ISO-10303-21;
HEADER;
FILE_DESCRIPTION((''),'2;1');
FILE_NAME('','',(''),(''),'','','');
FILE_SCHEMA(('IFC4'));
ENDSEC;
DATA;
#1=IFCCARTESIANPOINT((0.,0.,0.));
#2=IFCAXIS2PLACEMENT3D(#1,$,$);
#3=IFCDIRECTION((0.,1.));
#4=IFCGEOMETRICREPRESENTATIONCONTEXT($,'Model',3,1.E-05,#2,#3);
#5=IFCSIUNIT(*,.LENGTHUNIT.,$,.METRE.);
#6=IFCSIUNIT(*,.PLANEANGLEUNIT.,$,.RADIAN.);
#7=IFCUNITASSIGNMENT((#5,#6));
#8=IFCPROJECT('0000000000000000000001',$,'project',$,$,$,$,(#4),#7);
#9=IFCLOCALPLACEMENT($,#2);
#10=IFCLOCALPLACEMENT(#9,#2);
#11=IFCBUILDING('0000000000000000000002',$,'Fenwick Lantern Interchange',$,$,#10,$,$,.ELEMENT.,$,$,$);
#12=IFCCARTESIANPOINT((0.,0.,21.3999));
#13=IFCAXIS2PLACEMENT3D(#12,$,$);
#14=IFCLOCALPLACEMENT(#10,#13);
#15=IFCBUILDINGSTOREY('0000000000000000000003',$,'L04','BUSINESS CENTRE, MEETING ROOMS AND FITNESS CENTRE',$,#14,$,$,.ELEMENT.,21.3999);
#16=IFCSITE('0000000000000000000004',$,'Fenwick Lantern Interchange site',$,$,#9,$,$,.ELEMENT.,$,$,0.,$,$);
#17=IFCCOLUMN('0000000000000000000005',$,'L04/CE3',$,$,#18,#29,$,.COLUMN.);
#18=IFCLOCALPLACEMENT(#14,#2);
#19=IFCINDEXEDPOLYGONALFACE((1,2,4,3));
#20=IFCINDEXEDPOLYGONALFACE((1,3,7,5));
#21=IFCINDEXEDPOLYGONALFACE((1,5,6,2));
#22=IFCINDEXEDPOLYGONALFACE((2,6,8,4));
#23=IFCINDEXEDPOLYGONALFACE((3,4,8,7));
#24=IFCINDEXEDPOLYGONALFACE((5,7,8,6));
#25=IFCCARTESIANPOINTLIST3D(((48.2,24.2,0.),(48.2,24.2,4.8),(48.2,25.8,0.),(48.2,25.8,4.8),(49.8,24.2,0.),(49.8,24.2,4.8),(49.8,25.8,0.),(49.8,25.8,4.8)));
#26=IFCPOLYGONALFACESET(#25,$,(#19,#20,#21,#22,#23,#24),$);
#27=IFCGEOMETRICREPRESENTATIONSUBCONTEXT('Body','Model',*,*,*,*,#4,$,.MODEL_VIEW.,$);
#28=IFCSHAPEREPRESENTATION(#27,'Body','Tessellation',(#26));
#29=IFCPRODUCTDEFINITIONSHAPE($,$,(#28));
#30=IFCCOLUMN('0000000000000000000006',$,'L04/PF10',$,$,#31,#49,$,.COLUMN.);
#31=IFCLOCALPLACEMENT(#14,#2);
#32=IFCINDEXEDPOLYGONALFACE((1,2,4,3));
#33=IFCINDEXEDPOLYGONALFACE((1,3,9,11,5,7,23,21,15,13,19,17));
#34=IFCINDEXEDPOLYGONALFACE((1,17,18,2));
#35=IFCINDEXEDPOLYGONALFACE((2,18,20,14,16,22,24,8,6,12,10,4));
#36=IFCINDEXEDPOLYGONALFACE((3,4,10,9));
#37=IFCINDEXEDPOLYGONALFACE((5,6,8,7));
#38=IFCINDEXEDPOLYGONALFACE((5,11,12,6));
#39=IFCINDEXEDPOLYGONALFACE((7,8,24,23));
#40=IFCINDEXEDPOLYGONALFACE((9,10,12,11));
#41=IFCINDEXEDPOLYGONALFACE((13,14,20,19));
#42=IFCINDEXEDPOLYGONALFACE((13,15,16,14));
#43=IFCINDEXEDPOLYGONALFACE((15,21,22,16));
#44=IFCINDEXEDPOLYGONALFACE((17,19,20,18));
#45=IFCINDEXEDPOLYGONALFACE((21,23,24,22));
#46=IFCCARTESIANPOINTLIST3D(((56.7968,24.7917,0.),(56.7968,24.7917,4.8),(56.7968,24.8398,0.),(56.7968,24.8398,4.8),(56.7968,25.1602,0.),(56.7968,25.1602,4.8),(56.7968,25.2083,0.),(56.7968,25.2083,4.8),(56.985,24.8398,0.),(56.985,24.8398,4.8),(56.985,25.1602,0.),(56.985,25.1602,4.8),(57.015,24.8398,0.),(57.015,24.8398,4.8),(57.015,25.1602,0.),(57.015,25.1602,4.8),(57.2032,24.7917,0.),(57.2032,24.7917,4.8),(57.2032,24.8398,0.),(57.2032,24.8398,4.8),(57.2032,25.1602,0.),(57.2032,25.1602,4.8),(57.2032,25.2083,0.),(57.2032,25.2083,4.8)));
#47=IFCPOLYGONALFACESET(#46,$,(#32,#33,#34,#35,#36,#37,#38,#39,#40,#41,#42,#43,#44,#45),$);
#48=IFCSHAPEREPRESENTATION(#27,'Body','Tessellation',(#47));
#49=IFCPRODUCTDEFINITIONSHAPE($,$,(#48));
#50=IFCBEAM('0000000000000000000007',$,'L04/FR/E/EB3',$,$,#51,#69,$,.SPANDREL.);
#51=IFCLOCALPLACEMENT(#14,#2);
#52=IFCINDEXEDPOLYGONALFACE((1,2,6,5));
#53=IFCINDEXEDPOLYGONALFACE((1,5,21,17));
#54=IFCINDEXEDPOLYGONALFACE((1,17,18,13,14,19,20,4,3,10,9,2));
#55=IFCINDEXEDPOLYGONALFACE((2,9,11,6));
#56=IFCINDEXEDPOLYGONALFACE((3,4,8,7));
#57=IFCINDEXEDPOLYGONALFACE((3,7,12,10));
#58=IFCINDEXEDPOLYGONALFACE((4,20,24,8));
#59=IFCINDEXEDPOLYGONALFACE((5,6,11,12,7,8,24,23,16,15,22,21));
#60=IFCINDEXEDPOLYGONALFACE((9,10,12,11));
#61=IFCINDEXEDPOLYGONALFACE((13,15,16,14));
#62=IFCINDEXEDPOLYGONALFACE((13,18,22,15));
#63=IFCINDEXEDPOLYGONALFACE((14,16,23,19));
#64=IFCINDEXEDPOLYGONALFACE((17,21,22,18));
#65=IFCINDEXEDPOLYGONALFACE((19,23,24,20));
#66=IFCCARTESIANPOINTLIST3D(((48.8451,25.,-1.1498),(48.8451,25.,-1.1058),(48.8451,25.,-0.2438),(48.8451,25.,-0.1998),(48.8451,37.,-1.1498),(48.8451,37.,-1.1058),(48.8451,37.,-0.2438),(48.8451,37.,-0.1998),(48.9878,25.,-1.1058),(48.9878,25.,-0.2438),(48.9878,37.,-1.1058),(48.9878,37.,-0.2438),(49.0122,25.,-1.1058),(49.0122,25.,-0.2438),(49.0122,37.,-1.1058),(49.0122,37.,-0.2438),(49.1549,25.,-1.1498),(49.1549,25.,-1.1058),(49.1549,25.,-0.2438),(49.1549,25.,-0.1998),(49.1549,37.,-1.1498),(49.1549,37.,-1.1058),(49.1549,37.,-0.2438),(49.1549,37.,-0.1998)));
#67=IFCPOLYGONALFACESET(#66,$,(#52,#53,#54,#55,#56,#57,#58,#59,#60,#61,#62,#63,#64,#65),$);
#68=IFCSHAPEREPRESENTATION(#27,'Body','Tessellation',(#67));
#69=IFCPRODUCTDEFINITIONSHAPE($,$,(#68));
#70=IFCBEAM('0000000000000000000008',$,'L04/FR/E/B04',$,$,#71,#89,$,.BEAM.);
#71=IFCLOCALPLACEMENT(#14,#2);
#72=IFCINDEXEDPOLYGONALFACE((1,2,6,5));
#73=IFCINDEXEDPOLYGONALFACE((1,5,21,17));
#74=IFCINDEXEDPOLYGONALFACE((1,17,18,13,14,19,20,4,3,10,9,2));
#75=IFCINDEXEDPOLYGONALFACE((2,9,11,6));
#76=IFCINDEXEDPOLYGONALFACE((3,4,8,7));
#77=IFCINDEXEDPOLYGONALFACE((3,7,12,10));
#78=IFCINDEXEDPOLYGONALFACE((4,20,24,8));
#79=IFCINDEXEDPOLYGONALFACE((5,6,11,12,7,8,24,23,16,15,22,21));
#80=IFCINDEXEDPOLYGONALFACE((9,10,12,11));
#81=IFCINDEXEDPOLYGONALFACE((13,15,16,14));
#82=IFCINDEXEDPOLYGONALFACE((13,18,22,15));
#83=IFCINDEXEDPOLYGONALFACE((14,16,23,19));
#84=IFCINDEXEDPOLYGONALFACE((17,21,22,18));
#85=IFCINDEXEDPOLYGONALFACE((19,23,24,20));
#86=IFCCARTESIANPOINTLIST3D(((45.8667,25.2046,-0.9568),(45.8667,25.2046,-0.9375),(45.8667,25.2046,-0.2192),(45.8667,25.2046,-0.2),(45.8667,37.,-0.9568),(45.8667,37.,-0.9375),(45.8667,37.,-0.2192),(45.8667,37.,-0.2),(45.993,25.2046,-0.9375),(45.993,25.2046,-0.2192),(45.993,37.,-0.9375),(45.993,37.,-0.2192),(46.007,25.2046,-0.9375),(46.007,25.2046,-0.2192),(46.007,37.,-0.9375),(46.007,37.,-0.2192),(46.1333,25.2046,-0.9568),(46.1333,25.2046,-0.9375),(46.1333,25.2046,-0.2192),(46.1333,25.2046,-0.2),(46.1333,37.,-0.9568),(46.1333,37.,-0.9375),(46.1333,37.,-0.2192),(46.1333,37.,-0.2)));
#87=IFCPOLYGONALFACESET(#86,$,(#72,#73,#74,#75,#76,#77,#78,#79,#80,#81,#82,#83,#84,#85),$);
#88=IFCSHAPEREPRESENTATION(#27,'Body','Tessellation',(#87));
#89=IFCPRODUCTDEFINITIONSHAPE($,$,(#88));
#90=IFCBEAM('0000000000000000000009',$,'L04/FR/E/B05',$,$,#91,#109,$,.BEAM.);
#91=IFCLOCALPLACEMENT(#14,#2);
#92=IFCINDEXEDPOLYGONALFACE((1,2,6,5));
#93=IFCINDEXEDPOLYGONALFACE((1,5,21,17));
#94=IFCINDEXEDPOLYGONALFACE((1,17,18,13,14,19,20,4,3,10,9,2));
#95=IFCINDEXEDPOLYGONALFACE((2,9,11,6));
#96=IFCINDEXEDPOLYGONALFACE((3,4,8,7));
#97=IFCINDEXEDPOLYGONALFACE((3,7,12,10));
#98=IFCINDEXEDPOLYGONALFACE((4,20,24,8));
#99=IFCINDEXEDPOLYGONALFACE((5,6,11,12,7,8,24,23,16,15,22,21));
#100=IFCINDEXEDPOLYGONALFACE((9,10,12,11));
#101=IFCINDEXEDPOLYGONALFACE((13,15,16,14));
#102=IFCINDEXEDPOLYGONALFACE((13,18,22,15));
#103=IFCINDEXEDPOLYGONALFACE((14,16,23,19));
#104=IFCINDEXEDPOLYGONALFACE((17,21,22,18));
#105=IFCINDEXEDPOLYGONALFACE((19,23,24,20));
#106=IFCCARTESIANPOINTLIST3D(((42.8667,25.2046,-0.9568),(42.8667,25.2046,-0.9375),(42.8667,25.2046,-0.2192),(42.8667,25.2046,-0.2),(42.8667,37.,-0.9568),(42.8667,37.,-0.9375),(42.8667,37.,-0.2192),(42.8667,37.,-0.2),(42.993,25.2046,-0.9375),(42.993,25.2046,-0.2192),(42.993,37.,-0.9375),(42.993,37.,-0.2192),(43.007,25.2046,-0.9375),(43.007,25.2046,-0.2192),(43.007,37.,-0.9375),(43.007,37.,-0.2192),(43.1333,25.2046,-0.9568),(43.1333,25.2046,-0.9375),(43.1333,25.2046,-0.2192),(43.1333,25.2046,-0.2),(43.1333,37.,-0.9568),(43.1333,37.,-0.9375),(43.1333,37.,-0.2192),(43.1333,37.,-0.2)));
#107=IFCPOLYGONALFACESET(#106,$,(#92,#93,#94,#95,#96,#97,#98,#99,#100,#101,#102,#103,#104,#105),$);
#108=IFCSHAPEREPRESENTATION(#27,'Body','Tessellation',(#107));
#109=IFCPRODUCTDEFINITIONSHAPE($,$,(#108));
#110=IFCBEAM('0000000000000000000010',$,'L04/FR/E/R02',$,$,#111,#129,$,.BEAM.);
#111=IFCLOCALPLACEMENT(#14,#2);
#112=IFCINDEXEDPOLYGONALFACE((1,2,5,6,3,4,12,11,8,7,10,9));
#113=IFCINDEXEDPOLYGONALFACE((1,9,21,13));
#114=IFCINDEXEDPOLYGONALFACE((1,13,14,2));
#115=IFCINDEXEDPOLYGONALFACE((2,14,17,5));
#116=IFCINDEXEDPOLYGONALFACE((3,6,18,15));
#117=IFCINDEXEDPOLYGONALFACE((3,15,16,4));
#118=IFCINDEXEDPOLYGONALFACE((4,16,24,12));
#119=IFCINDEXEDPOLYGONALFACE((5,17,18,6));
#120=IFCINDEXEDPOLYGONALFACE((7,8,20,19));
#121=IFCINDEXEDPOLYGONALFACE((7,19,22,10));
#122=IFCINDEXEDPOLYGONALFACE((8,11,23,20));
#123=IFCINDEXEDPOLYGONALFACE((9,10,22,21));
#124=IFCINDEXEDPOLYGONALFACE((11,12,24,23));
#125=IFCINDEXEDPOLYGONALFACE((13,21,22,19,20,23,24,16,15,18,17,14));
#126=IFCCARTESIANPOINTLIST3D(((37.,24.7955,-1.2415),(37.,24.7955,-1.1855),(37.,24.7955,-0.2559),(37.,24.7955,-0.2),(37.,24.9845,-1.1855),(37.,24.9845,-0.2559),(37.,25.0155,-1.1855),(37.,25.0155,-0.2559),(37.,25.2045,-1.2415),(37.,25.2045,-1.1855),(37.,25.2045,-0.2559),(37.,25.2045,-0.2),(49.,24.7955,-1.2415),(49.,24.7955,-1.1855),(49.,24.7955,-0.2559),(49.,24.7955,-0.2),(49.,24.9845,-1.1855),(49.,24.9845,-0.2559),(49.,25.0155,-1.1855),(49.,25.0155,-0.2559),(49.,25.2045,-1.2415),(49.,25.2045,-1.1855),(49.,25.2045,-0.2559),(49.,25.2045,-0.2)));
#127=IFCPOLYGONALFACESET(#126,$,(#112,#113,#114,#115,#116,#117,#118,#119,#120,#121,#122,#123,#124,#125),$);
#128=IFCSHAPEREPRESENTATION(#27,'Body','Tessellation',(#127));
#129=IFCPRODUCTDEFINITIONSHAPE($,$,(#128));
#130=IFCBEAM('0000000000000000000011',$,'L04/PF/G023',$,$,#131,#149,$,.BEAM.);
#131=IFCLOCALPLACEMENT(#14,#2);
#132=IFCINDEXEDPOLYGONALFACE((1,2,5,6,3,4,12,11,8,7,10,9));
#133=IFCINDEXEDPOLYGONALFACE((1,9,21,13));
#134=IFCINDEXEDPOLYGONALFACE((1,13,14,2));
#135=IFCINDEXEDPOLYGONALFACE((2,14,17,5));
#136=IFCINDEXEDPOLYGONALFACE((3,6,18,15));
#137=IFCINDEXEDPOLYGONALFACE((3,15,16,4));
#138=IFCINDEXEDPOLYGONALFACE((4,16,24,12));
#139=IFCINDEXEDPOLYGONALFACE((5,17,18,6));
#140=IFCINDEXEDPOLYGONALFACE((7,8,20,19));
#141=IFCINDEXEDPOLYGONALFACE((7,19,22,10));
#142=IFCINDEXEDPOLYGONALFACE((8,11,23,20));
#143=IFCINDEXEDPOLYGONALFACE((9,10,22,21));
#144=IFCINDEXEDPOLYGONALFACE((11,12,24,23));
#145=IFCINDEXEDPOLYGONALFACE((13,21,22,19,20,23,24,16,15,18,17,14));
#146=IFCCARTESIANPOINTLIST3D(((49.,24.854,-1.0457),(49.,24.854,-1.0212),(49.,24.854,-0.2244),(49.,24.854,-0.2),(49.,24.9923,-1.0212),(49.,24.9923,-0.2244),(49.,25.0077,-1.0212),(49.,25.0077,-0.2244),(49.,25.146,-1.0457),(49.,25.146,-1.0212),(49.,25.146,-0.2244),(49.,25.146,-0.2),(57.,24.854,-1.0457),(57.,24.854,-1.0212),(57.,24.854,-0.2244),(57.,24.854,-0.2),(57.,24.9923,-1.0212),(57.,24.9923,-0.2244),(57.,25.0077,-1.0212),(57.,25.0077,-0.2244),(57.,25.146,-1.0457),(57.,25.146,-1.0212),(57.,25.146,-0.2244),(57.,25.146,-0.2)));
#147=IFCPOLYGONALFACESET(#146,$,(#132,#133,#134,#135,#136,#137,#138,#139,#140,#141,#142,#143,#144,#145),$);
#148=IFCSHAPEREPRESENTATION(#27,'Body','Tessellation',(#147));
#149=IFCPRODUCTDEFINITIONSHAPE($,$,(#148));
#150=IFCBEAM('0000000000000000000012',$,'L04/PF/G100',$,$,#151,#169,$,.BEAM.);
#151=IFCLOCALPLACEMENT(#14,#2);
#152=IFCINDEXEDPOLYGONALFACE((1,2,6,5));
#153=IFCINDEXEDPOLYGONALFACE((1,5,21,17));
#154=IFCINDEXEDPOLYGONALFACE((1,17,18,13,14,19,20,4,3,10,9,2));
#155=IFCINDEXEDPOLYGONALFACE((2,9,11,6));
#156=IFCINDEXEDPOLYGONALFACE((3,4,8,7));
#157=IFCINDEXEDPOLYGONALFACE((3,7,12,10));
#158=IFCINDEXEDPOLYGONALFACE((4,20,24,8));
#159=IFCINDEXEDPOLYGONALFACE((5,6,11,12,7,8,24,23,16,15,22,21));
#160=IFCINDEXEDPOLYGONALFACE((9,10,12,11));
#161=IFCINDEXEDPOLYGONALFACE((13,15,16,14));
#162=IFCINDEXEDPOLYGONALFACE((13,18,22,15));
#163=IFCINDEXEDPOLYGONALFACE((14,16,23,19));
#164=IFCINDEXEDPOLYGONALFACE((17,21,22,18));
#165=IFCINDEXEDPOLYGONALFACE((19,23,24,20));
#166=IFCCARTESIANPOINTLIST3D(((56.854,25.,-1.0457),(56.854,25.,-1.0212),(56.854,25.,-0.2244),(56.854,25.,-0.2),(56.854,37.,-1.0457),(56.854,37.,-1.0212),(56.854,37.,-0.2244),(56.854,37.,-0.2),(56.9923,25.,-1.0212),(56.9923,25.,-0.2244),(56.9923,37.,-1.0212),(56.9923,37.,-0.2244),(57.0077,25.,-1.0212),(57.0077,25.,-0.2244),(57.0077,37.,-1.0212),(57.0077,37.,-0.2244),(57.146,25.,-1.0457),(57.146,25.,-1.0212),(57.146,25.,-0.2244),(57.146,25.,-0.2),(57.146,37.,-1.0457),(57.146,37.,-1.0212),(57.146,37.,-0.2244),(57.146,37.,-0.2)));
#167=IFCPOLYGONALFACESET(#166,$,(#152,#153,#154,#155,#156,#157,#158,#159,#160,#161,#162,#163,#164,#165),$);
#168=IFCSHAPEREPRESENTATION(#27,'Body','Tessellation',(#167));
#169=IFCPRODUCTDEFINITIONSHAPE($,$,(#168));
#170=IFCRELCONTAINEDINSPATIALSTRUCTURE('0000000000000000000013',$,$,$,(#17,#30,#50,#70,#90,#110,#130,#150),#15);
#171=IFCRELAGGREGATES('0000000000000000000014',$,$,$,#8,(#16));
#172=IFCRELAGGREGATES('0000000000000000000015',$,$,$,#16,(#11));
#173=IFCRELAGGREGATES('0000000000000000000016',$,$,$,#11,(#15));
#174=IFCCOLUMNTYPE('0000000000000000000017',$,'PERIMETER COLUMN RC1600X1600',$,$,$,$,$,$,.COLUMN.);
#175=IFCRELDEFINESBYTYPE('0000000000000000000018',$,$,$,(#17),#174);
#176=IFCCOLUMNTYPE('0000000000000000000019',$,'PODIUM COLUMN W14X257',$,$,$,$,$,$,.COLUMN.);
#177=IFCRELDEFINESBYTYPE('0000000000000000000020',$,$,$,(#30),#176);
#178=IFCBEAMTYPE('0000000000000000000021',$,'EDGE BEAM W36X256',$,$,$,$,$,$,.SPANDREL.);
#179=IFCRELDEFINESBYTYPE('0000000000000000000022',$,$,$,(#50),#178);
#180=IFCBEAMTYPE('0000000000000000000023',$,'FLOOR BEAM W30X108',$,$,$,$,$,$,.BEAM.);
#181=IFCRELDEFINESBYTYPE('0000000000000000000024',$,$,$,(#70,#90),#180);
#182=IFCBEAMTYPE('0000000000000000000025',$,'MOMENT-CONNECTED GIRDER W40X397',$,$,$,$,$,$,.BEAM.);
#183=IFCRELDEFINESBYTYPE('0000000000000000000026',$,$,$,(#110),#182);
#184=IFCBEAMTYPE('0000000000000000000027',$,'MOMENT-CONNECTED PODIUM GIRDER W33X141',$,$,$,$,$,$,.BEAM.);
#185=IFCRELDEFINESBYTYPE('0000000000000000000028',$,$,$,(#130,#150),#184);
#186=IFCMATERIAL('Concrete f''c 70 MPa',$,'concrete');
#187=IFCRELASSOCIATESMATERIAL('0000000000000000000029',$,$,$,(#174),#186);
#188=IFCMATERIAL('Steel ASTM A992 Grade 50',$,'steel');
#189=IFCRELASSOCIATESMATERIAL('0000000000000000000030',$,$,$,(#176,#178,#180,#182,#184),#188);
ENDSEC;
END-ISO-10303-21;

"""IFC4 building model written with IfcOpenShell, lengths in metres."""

from ifc_helpers import new_model, si_unit, direction, frame, origin, origin_2d, place, context, subcontext, project, spatial, rectangle, i_section, extrude, material, material_profile, profile_set, type_object, element, save


model = new_model("IFC4")

# Units and contexts
model_context = context("Model", 3, precision=1e-05, world=origin(), true_north=direction((0.0, 1.0)))
body_context = subcontext(model_context, "Body", "Model", "MODEL_VIEW")
ifc_project = project(units=[si_unit("LENGTHUNIT", "METRE"), si_unit("PLANEANGLEUNIT", "RADIAN")], contexts=[model_context])

# Site, building, storey
site_placement = place(None, origin())
site = spatial("IfcSite", under=ifc_project, at=site_placement, Name="Fenwick Lantern Interchange site", CompositionType="ELEMENT", RefElevation=0.0)
building_placement = place(site_placement, origin())
building = spatial("IfcBuilding", under=site, at=building_placement, Name="Fenwick Lantern Interchange", CompositionType="ELEMENT")
storey_placement = place(building_placement, frame((0.0, 0.0, 21.3999)))
storey = spatial("IfcBuildingStorey", under=building, at=storey_placement, Name="L04", Description="BUSINESS CENTRE, MEETING ROOMS AND FITNESS CENTRE", CompositionType="ELEMENT", Elevation=21.3999)

# Columns
ifc_material_1 = material(Name="Concrete f'c 70 MPa", Category="concrete")
ifc_material_profile_1 = material_profile(ifc_material_1, rectangle(XDim=1.6001, YDim=1.6001, at=origin_2d()), Name="RC1600X1600")
ifc_profile_set_1 = profile_set([ifc_material_profile_1], Name="Concrete f'c 70 MPa")
column_type_1 = type_object("IfcColumnType", Name="PERIMETER COLUMN RC1600X1600", PredefinedType="COLUMN", material=ifc_profile_set_1)
column_1_placement = place(storey_placement, frame((49.0, 25.0, 0.0), z_axis=(0.0, 0.0, 1.0), x_axis=(1.0, 0.0, 0.0)))
element("IfcColumn", 1, at=column_1_placement, inside=storey, type_object=column_type_1, Name="L04/CE3", PredefinedType="COLUMN", context=body_context, shape_type="SweptSolid", body=[
    extrude(rectangle(XDim=1.6001, YDim=1.6001, at=origin_2d()), origin(), (0.0, 0.0, 1.0), 4.8),
])
ifc_material_2 = material(Name="Steel ASTM A992 Grade 50", Category="steel")
ifc_material_profile_2 = material_profile(ifc_material_2, i_section(OverallWidth=0.4065, OverallDepth=0.4165, WebThickness=0.03, FlangeThickness=0.0481, at=origin_2d()), Name="W14X257")
ifc_profile_set_2 = profile_set([ifc_material_profile_2], Name="Steel ASTM A992 Grade 50")
column_type_2 = type_object("IfcColumnType", Name="PODIUM COLUMN W14X257", PredefinedType="COLUMN", material=ifc_profile_set_2)
column_2_placement = place(storey_placement, frame((57.0, 25.0, 0.0), z_axis=(0.0, 0.0, 1.0), x_axis=(1.0, 0.0, 0.0)))
element("IfcColumn", 2, at=column_2_placement, inside=storey, type_object=column_type_2, Name="L04/PF10", PredefinedType="COLUMN", context=body_context, shape_type="SweptSolid", body=[
    extrude(i_section(OverallWidth=0.4065, OverallDepth=0.4165, WebThickness=0.03, FlangeThickness=0.0481, at=origin_2d()), origin(), (0.0, 0.0, 1.0), 4.8),
])

# Beams
ifc_material_profile_3 = material_profile(ifc_material_2, i_section(OverallWidth=0.3098, OverallDepth=0.95, WebThickness=0.0244, FlangeThickness=0.0439, at=origin_2d()), Name="W36X256")
ifc_profile_set_3 = profile_set([ifc_material_profile_3], Name="Steel ASTM A992 Grade 50")
beam_type_1 = type_object("IfcBeamType", Name="EDGE BEAM W36X256", PredefinedType="SPANDREL", material=ifc_profile_set_3)
beam_1_placement = place(storey_placement, frame((49.0, 25.0, -0.6748), z_axis=(0.0, 1.0, 0.0), x_axis=(-1.0, 0.0, 0.0)))
element("IfcBeam", 3, at=beam_1_placement, inside=storey, type_object=beam_type_1, Name="L04/FR/E/EB3", PredefinedType="SPANDREL", context=body_context, shape_type="SweptSolid", body=[
    extrude(i_section(OverallWidth=0.3098, OverallDepth=0.95, WebThickness=0.0244, FlangeThickness=0.0439, at=origin_2d()), origin(), (0.0, 0.0, 1.0), 12.0),
])
ifc_material_profile_4 = material_profile(ifc_material_2, i_section(OverallWidth=0.2666, OverallDepth=0.7568, WebThickness=0.0139, FlangeThickness=0.0193, at=origin_2d()), Name="W30X108")
ifc_profile_set_4 = profile_set([ifc_material_profile_4], Name="Steel ASTM A992 Grade 50")
beam_type_2 = type_object("IfcBeamType", Name="FLOOR BEAM W30X108", PredefinedType="BEAM", material=ifc_profile_set_4)
for number, where, z_axis, x_axis, name in (
    (4, (46.0, 25.2046, -0.5784), (0.0, 1.0, 0.0), (-1.0, 0.0, 0.0), "L04/FR/E/B04"),
    (5, (43.0, 25.2046, -0.5784), (0.0, 1.0, 0.0), (-1.0, 0.0, 0.0), "L04/FR/E/B05"),
):
    element("IfcBeam", number, at=place(storey_placement, frame(where, z_axis=z_axis, x_axis=x_axis)), inside=storey, type_object=beam_type_2, Name=name, PredefinedType="BEAM", context=body_context, shape_type="SweptSolid", body=[
        extrude(i_section(OverallWidth=0.2666, OverallDepth=0.7568, WebThickness=0.0139, FlangeThickness=0.0193, at=origin_2d()), origin(), (0.0, 0.0, 1.0), 11.7954),
    ])
ifc_material_profile_5 = material_profile(ifc_material_2, i_section(OverallWidth=0.4089, OverallDepth=1.0415, WebThickness=0.031, FlangeThickness=0.0559, at=origin_2d()), Name="W40X397")
ifc_profile_set_5 = profile_set([ifc_material_profile_5], Name="Steel ASTM A992 Grade 50")
beam_type_3 = type_object("IfcBeamType", Name="MOMENT-CONNECTED GIRDER W40X397", PredefinedType="BEAM", material=ifc_profile_set_5)
beam_2_placement = place(storey_placement, frame((49.0, 25.0, -0.7207), z_axis=(-1.0, 0.0, 0.0), x_axis=(0.0, -1.0, 0.0)))
element("IfcBeam", 6, at=beam_2_placement, inside=storey, type_object=beam_type_3, Name="L04/FR/E/R02", PredefinedType="BEAM", context=body_context, shape_type="SweptSolid", body=[
    extrude(i_section(OverallWidth=0.4089, OverallDepth=1.0415, WebThickness=0.031, FlangeThickness=0.0559, at=origin_2d()), origin(), (0.0, 0.0, 1.0), 12.0),
])
ifc_material_profile_6 = material_profile(ifc_material_2, i_section(OverallWidth=0.292, OverallDepth=0.8457, WebThickness=0.0154, FlangeThickness=0.0244, at=origin_2d()), Name="W33X141")
ifc_profile_set_6 = profile_set([ifc_material_profile_6], Name="Steel ASTM A992 Grade 50")
beam_type_4 = type_object("IfcBeamType", Name="MOMENT-CONNECTED PODIUM GIRDER W33X141", PredefinedType="BEAM", material=ifc_profile_set_6)
beam_3_placement = place(storey_placement, frame((49.0, 25.0, -0.6228), z_axis=(1.0, 0.0, 0.0), x_axis=(0.0, 1.0, 0.0)))
element("IfcBeam", 7, at=beam_3_placement, inside=storey, type_object=beam_type_4, Name="L04/PF/G023", PredefinedType="BEAM", context=body_context, shape_type="SweptSolid", body=[
    extrude(i_section(OverallWidth=0.292, OverallDepth=0.8457, WebThickness=0.0154, FlangeThickness=0.0244, at=origin_2d()), origin(), (0.0, 0.0, 1.0), 8.0),
])
beam_4_placement = place(storey_placement, frame((57.0, 25.0, -0.6228), z_axis=(0.0, 1.0, 0.0), x_axis=(-1.0, 0.0, 0.0)))
element("IfcBeam", 8, at=beam_4_placement, inside=storey, type_object=beam_type_4, Name="L04/PF/G100", PredefinedType="BEAM", context=body_context, shape_type="SweptSolid", body=[
    extrude(i_section(OverallWidth=0.292, OverallDepth=0.8457, WebThickness=0.0154, FlangeThickness=0.0244, at=origin_2d()), origin(), (0.0, 0.0, 1.0), 12.0),
])

save(model, "model.ifc")
